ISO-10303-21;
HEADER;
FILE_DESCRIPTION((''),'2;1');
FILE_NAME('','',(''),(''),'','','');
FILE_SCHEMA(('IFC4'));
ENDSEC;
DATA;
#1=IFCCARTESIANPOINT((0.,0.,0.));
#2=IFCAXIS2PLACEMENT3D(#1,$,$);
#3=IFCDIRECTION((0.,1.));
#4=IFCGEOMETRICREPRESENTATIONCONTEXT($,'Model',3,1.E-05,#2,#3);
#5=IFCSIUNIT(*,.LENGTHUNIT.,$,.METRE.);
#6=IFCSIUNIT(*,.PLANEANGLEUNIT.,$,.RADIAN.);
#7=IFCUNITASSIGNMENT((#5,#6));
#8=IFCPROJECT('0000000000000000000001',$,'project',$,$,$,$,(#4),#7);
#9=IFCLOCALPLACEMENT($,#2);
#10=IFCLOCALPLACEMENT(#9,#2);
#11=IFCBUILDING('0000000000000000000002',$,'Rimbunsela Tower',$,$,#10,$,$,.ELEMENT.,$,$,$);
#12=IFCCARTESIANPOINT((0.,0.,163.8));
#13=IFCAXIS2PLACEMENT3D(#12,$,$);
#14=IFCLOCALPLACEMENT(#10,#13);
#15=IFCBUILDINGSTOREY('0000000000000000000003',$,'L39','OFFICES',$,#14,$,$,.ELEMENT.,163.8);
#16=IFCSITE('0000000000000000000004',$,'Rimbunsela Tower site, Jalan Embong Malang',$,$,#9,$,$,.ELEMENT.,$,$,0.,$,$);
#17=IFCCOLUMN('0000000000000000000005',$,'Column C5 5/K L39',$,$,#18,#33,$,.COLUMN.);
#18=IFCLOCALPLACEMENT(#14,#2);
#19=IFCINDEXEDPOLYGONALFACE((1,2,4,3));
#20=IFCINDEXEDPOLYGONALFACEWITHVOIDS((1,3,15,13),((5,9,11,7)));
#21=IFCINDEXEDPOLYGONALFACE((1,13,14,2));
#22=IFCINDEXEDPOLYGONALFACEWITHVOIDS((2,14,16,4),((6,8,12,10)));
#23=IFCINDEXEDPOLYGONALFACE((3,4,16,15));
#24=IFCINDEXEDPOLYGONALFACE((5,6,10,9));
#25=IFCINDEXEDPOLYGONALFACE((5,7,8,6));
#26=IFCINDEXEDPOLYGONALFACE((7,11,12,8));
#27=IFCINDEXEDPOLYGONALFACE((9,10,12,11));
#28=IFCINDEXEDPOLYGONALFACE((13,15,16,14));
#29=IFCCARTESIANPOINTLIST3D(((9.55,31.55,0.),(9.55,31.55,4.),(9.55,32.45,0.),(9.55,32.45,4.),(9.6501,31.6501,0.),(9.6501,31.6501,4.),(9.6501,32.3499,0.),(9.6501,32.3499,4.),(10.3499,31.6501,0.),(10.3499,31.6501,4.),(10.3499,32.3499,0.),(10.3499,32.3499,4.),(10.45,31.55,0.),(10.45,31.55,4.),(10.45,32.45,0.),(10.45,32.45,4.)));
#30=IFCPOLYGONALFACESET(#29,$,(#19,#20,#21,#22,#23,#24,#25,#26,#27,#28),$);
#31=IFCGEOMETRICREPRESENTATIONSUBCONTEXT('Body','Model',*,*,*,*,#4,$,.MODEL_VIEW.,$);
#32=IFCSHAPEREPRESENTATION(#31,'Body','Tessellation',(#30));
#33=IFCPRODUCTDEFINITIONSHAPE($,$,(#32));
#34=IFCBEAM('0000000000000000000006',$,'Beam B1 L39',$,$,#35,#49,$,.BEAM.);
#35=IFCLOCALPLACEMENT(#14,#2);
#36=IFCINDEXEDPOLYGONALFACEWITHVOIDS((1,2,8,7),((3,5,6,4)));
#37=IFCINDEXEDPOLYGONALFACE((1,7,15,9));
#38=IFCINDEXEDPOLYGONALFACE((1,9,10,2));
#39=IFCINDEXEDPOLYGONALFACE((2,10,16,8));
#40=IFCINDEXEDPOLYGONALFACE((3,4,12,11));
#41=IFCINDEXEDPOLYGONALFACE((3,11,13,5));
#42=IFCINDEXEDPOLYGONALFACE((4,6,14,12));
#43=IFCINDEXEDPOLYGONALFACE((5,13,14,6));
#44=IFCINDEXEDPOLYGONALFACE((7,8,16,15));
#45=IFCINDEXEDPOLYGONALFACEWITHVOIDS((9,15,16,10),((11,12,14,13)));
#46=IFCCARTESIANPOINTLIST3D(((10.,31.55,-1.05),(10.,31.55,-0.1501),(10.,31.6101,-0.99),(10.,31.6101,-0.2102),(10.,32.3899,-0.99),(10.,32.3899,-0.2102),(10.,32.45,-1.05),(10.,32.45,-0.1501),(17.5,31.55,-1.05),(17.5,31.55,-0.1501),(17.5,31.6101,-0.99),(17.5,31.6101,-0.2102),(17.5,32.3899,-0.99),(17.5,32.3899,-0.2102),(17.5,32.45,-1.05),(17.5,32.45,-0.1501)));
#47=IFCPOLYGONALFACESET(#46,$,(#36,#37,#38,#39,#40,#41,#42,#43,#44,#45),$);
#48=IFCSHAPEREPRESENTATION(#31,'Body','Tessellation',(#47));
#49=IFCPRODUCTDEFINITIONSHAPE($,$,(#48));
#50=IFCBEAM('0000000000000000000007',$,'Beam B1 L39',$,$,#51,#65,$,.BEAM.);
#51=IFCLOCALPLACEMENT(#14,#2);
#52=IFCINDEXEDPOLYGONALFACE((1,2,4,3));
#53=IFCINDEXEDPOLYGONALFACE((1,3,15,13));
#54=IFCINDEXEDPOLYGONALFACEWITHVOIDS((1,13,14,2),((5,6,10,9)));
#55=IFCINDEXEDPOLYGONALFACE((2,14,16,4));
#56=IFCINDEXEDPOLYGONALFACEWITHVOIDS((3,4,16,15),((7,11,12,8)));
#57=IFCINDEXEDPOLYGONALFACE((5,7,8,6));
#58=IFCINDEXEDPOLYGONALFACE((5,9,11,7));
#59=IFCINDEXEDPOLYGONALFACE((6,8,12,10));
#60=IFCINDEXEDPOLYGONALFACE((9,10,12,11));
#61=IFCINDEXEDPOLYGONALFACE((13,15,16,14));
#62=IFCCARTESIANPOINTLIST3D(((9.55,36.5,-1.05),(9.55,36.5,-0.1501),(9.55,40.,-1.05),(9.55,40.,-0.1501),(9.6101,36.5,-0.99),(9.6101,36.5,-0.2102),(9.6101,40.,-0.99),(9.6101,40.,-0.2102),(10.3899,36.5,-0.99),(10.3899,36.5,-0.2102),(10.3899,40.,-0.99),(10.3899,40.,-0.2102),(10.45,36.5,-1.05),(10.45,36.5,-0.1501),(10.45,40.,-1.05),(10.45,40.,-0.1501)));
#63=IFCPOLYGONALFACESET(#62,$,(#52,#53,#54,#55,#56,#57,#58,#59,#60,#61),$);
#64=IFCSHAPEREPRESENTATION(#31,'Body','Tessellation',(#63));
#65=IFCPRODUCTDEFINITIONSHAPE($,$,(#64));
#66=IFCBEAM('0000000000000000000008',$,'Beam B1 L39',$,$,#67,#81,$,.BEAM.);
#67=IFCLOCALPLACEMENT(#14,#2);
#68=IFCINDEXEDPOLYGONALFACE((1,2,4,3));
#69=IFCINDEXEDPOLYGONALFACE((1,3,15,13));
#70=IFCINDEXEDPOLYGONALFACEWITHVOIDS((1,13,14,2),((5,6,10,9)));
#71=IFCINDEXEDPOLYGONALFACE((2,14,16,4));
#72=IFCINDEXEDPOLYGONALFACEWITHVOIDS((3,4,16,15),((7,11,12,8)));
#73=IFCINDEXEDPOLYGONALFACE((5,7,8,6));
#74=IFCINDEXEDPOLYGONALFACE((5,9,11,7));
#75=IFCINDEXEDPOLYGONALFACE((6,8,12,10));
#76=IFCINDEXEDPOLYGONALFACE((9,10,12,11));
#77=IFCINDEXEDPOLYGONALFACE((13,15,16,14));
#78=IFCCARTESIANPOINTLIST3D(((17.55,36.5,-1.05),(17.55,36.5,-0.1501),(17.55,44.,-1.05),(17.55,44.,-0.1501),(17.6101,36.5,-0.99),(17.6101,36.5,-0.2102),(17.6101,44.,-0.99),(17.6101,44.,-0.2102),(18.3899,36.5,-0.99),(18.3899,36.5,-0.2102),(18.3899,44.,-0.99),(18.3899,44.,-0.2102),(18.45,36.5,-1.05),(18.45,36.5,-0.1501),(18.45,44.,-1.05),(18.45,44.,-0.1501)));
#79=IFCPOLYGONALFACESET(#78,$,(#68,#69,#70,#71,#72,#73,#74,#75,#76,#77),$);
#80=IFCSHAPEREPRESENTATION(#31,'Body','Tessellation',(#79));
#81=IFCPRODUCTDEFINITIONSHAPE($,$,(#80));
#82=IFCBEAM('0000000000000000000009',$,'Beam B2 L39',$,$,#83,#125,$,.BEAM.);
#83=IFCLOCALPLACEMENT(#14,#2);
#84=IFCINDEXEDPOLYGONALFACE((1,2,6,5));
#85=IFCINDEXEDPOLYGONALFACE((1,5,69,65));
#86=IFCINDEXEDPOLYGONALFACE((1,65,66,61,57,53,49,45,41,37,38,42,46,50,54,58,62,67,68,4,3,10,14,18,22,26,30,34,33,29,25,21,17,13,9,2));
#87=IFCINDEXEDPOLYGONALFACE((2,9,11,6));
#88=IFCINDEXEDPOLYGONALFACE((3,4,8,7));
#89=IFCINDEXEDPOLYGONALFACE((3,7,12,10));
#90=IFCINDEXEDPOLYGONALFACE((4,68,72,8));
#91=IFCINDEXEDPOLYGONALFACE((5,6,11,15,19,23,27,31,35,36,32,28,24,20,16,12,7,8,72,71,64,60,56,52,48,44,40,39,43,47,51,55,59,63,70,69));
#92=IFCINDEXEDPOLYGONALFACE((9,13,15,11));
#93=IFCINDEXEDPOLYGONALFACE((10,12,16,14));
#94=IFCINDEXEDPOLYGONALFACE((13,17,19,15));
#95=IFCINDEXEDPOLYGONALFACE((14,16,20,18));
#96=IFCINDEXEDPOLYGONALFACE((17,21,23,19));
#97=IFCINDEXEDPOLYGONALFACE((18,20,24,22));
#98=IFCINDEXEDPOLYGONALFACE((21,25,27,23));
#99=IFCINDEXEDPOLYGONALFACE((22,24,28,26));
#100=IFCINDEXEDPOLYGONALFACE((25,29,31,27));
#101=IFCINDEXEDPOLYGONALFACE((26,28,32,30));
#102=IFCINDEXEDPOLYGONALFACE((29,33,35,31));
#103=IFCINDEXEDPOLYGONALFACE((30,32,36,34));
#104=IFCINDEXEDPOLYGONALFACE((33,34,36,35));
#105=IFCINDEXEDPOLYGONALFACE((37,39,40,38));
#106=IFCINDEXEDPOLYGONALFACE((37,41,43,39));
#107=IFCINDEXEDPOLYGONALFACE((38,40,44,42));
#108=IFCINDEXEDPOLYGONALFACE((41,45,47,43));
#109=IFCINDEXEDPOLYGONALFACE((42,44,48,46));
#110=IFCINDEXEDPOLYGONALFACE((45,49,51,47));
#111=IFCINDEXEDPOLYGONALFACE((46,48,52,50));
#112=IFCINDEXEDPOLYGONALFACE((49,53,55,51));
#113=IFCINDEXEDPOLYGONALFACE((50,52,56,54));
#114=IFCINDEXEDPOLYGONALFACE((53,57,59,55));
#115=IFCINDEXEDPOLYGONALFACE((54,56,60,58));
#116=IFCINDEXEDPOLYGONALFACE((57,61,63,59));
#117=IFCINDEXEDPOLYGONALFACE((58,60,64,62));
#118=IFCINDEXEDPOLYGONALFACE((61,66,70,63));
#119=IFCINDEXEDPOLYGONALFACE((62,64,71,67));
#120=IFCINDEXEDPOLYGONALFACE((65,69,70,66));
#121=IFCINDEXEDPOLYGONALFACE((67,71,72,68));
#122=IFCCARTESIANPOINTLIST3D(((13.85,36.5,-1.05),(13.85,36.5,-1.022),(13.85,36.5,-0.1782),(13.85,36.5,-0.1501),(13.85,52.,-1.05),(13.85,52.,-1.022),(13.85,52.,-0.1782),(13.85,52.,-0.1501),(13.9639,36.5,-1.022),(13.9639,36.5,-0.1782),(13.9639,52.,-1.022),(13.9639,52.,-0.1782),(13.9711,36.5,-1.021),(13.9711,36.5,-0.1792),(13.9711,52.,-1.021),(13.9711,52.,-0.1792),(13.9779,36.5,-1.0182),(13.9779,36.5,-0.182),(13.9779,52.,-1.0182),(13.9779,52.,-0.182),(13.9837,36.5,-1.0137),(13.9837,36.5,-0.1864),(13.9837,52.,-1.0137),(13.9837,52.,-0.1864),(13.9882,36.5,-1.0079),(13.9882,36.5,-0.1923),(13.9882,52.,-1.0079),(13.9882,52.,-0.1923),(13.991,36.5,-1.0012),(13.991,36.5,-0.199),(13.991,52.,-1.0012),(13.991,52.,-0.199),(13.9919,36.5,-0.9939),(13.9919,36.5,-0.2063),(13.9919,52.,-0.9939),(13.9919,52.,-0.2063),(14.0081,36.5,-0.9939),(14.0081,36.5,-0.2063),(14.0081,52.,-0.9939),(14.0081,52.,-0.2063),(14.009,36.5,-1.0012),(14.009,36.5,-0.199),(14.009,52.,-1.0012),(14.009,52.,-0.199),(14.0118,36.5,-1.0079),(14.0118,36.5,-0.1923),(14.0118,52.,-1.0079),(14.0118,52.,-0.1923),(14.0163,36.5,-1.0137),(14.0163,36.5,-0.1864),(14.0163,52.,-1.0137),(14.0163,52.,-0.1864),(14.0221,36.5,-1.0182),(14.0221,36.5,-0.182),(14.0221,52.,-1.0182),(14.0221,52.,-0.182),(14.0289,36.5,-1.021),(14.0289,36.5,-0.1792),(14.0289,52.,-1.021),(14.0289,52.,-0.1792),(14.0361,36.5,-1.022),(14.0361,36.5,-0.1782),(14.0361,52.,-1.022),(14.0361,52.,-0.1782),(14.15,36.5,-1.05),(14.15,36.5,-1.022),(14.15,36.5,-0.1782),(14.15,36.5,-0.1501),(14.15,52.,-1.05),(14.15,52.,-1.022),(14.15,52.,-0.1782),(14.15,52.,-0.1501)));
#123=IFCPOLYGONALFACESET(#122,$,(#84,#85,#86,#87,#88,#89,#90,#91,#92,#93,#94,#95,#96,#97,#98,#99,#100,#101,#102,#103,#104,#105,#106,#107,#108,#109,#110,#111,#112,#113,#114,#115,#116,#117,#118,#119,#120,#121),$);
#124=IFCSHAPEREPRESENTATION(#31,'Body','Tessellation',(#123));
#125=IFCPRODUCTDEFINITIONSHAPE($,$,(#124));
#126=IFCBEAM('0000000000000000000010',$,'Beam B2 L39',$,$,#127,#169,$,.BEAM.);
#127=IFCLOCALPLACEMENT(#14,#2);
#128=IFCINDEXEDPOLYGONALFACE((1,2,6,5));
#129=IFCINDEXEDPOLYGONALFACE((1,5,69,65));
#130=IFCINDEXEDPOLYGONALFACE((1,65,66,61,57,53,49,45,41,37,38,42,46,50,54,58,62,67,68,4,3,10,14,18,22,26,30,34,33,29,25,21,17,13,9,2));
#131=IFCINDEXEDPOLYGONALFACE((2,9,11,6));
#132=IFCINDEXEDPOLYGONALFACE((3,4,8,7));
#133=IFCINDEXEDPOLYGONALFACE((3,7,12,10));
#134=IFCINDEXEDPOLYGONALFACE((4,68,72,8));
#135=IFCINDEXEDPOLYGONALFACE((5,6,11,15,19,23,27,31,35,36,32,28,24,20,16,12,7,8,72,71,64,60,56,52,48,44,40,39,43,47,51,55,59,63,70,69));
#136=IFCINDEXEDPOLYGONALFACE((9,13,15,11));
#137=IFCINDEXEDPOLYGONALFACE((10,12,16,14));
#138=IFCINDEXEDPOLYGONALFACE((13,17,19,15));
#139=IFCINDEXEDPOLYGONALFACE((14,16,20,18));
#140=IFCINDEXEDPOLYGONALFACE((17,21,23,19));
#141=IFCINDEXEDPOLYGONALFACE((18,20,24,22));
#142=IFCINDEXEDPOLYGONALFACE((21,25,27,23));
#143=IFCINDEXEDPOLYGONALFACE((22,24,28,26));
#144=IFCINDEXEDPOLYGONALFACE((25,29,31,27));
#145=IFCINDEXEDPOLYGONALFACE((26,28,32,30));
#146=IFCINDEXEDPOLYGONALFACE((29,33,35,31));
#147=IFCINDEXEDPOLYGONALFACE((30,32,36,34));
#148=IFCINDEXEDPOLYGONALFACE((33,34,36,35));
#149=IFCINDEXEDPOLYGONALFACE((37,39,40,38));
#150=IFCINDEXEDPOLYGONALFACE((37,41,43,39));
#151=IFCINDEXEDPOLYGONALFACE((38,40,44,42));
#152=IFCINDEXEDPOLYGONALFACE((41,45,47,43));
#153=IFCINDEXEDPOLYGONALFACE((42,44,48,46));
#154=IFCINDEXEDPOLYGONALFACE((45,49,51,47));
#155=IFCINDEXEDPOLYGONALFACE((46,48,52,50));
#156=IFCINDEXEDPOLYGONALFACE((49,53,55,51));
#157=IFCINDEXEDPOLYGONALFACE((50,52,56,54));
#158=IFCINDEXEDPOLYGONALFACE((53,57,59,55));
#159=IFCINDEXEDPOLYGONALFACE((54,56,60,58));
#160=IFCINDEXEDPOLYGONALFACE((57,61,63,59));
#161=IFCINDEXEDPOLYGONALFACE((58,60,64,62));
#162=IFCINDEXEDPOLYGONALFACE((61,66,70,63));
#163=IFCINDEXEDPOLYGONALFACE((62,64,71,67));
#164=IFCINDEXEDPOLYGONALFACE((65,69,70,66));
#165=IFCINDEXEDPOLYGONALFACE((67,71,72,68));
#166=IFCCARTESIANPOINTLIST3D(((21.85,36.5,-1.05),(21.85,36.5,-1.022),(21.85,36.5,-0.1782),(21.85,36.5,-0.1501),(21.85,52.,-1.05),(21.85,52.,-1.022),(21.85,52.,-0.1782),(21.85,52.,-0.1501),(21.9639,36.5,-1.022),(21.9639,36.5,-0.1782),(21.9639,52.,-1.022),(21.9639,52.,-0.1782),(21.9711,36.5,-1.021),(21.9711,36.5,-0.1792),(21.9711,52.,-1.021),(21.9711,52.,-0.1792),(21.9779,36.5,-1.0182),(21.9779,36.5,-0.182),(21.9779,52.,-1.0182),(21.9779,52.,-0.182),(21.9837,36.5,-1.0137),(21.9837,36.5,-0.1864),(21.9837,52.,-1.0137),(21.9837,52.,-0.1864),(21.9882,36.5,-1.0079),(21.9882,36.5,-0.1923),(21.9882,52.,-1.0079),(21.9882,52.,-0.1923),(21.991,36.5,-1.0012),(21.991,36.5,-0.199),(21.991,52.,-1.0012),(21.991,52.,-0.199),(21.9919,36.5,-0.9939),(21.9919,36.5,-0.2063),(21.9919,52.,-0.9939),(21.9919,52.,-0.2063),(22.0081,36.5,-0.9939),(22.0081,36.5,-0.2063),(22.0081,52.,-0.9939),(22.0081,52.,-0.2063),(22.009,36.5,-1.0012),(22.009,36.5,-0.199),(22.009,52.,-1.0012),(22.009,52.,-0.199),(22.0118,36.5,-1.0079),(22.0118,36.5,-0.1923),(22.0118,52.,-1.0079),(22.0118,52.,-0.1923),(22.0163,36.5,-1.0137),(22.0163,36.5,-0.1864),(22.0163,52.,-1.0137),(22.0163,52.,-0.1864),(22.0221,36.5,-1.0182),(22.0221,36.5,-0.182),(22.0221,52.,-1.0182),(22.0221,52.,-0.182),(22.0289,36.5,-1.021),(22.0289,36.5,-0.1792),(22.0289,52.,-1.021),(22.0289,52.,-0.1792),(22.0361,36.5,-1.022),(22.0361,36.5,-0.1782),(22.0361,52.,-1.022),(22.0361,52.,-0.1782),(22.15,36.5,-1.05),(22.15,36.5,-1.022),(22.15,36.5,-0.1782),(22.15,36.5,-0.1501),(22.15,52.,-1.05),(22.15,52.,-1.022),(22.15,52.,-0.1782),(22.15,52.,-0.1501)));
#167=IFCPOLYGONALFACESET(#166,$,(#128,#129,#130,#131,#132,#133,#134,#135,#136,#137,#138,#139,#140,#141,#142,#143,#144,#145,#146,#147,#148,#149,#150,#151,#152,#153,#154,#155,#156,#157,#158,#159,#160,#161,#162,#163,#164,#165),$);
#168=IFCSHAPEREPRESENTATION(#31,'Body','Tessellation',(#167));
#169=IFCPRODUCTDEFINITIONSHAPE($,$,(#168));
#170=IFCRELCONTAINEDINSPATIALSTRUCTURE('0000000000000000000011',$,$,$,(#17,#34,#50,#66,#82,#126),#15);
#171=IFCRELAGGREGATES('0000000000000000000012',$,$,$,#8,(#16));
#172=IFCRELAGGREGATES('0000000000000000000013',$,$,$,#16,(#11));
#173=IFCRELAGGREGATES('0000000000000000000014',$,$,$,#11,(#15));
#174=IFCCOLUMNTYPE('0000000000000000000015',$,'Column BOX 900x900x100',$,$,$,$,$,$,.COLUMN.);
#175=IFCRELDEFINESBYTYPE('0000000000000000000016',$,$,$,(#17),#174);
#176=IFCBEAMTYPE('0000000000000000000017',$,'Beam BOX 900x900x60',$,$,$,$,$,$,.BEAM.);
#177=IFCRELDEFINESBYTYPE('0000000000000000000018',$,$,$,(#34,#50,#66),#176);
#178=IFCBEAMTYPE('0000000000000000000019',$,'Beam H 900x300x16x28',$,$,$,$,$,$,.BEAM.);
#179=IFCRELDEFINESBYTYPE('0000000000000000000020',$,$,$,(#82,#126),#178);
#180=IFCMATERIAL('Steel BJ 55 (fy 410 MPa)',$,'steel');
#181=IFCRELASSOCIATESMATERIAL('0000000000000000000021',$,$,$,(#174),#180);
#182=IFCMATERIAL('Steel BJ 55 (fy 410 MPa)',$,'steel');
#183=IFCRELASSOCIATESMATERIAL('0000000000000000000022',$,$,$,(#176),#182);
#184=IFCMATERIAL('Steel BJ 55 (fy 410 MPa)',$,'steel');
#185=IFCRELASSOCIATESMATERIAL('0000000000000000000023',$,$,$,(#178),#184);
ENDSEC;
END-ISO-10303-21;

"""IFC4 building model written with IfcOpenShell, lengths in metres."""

from ifc_helpers import new_model, si_unit, direction, frame, origin, origin_2d, place, context, subcontext, project, spatial, hollow_rectangle, i_section, extrude, material, material_profile, profile_set, type_object, element, save


model = new_model("IFC4")

# Units and contexts
model_context = context("Model", 3, precision=1e-05, world=origin(), true_north=direction((0.0, 1.0)))
body_context = subcontext(model_context, "Body", "Model", "MODEL_VIEW")
ifc_project = project(units=[si_unit("LENGTHUNIT", "METRE"), si_unit("PLANEANGLEUNIT", "RADIAN")], contexts=[model_context])

# Site, building, storey
site_placement = place(None, origin())
site = spatial("IfcSite", under=ifc_project, at=site_placement, Name="Rimbunsela Tower site, Jalan Embong Malang", CompositionType="ELEMENT", RefElevation=0.0)
building_placement = place(site_placement, origin())
building = spatial("IfcBuilding", under=site, at=building_placement, Name="Rimbunsela Tower", CompositionType="ELEMENT")
storey_placement = place(building_placement, frame((0.0, 0.0, 163.8)))
storey = spatial("IfcBuildingStorey", under=building, at=storey_placement, Name="L39", Description="OFFICES", CompositionType="ELEMENT", Elevation=163.8)

# Column
ifc_material_1 = material(Name="Steel BJ 55 (fy 410 MPa)", Category="steel")
ifc_material_profile_1 = material_profile(ifc_material_1, hollow_rectangle(XDim=0.8999, YDim=0.8999, WallThickness=0.1001, at=origin_2d()), Name="BOX 900x900x100")
ifc_profile_set_1 = profile_set([ifc_material_profile_1], Name="Steel BJ 55 (fy 410 MPa)")
column_type = type_object("IfcColumnType", Name="Column BOX 900x900x100", PredefinedType="COLUMN", material=ifc_profile_set_1)
column_placement = place(storey_placement, frame((10.0, 32.0, 0.0), z_axis=(0.0, 0.0, 1.0), x_axis=(1.0, 0.0, 0.0)))
element("IfcColumn", 1, at=column_placement, inside=storey, type_object=column_type, Name="Column C5 5/K L39", PredefinedType="COLUMN", context=body_context, shape_type="SweptSolid", body=[
    extrude(hollow_rectangle(XDim=0.8999, YDim=0.8999, WallThickness=0.1001, at=origin_2d()), origin(), (0.0, 0.0, 1.0), 4.0),
])

# Beams
ifc_material_2 = material(Name="Steel BJ 55 (fy 410 MPa)", Category="steel")
ifc_material_profile_2 = material_profile(ifc_material_2, hollow_rectangle(XDim=0.8999, YDim=0.8999, WallThickness=0.0601, at=origin_2d()), Name="BOX 900x900x60")
ifc_profile_set_2 = profile_set([ifc_material_profile_2], Name="Steel BJ 55 (fy 410 MPa)")
beam_type_1 = type_object("IfcBeamType", Name="Beam BOX 900x900x60", PredefinedType="BEAM", material=ifc_profile_set_2)
beam_1_placement = place(storey_placement, frame((10.0, 32.0, -0.6001), z_axis=(1.0, 0.0, 0.0), x_axis=(0.0, 1.0, 0.0)))
element("IfcBeam", 2, at=beam_1_placement, inside=storey, type_object=beam_type_1, Name="Beam B1 L39", PredefinedType="BEAM", context=body_context, shape_type="SweptSolid", body=[
    extrude(hollow_rectangle(XDim=0.8999, YDim=0.8999, WallThickness=0.0601, at=origin_2d()), origin(), (0.0, 0.0, 1.0), 7.5),
])
beam_2_placement = place(storey_placement, frame((10.0, 36.5, -0.6001), z_axis=(0.0, 1.0, 0.0), x_axis=(-1.0, 0.0, 0.0)))
element("IfcBeam", 3, at=beam_2_placement, inside=storey, type_object=beam_type_1, Name="Beam B1 L39", PredefinedType="BEAM", context=body_context, shape_type="SweptSolid", body=[
    extrude(hollow_rectangle(XDim=0.8999, YDim=0.8999, WallThickness=0.0601, at=origin_2d()), origin(), (0.0, 0.0, 1.0), 3.5),
])
beam_3_placement = place(storey_placement, frame((18.0, 36.5, -0.6001), z_axis=(0.0, 1.0, 0.0), x_axis=(-1.0, 0.0, 0.0)))
element("IfcBeam", 4, at=beam_3_placement, inside=storey, type_object=beam_type_1, Name="Beam B1 L39", PredefinedType="BEAM", context=body_context, shape_type="SweptSolid", body=[
    extrude(hollow_rectangle(XDim=0.8999, YDim=0.8999, WallThickness=0.0601, at=origin_2d()), origin(), (0.0, 0.0, 1.0), 7.5),
])
ifc_material_3 = material(Name="Steel BJ 55 (fy 410 MPa)", Category="steel")
ifc_material_profile_3 = material_profile(ifc_material_3, i_section(OverallWidth=0.3, OverallDepth=0.8999, WebThickness=0.0161, FlangeThickness=0.0281, FilletRadius=0.0281, at=origin_2d()), Name="H 900x300x16x28")
ifc_profile_set_3 = profile_set([ifc_material_profile_3], Name="Steel BJ 55 (fy 410 MPa)")
beam_type_2 = type_object("IfcBeamType", Name="Beam H 900x300x16x28", PredefinedType="BEAM", material=ifc_profile_set_3)
for number, where, z_axis, x_axis, name in (
    (5, (14.0, 36.5, -0.6001), (0.0, 1.0, 0.0), (-1.0, 0.0, 0.0), "Beam B2 L39"),
    (6, (22.0, 36.5, -0.6001), (0.0, 1.0, 0.0), (-1.0, 0.0, 0.0), "Beam B2 L39"),
):
    element("IfcBeam", number, at=place(storey_placement, frame(where, z_axis=z_axis, x_axis=x_axis)), inside=storey, type_object=beam_type_2, Name=name, PredefinedType="BEAM", context=body_context, shape_type="SweptSolid", body=[
        extrude(i_section(OverallWidth=0.3, OverallDepth=0.8999, WebThickness=0.0161, FlangeThickness=0.0281, FilletRadius=0.0281, at=origin_2d()), origin(), (0.0, 0.0, 1.0), 15.5),
    ])

save(model, "model.ifc")
